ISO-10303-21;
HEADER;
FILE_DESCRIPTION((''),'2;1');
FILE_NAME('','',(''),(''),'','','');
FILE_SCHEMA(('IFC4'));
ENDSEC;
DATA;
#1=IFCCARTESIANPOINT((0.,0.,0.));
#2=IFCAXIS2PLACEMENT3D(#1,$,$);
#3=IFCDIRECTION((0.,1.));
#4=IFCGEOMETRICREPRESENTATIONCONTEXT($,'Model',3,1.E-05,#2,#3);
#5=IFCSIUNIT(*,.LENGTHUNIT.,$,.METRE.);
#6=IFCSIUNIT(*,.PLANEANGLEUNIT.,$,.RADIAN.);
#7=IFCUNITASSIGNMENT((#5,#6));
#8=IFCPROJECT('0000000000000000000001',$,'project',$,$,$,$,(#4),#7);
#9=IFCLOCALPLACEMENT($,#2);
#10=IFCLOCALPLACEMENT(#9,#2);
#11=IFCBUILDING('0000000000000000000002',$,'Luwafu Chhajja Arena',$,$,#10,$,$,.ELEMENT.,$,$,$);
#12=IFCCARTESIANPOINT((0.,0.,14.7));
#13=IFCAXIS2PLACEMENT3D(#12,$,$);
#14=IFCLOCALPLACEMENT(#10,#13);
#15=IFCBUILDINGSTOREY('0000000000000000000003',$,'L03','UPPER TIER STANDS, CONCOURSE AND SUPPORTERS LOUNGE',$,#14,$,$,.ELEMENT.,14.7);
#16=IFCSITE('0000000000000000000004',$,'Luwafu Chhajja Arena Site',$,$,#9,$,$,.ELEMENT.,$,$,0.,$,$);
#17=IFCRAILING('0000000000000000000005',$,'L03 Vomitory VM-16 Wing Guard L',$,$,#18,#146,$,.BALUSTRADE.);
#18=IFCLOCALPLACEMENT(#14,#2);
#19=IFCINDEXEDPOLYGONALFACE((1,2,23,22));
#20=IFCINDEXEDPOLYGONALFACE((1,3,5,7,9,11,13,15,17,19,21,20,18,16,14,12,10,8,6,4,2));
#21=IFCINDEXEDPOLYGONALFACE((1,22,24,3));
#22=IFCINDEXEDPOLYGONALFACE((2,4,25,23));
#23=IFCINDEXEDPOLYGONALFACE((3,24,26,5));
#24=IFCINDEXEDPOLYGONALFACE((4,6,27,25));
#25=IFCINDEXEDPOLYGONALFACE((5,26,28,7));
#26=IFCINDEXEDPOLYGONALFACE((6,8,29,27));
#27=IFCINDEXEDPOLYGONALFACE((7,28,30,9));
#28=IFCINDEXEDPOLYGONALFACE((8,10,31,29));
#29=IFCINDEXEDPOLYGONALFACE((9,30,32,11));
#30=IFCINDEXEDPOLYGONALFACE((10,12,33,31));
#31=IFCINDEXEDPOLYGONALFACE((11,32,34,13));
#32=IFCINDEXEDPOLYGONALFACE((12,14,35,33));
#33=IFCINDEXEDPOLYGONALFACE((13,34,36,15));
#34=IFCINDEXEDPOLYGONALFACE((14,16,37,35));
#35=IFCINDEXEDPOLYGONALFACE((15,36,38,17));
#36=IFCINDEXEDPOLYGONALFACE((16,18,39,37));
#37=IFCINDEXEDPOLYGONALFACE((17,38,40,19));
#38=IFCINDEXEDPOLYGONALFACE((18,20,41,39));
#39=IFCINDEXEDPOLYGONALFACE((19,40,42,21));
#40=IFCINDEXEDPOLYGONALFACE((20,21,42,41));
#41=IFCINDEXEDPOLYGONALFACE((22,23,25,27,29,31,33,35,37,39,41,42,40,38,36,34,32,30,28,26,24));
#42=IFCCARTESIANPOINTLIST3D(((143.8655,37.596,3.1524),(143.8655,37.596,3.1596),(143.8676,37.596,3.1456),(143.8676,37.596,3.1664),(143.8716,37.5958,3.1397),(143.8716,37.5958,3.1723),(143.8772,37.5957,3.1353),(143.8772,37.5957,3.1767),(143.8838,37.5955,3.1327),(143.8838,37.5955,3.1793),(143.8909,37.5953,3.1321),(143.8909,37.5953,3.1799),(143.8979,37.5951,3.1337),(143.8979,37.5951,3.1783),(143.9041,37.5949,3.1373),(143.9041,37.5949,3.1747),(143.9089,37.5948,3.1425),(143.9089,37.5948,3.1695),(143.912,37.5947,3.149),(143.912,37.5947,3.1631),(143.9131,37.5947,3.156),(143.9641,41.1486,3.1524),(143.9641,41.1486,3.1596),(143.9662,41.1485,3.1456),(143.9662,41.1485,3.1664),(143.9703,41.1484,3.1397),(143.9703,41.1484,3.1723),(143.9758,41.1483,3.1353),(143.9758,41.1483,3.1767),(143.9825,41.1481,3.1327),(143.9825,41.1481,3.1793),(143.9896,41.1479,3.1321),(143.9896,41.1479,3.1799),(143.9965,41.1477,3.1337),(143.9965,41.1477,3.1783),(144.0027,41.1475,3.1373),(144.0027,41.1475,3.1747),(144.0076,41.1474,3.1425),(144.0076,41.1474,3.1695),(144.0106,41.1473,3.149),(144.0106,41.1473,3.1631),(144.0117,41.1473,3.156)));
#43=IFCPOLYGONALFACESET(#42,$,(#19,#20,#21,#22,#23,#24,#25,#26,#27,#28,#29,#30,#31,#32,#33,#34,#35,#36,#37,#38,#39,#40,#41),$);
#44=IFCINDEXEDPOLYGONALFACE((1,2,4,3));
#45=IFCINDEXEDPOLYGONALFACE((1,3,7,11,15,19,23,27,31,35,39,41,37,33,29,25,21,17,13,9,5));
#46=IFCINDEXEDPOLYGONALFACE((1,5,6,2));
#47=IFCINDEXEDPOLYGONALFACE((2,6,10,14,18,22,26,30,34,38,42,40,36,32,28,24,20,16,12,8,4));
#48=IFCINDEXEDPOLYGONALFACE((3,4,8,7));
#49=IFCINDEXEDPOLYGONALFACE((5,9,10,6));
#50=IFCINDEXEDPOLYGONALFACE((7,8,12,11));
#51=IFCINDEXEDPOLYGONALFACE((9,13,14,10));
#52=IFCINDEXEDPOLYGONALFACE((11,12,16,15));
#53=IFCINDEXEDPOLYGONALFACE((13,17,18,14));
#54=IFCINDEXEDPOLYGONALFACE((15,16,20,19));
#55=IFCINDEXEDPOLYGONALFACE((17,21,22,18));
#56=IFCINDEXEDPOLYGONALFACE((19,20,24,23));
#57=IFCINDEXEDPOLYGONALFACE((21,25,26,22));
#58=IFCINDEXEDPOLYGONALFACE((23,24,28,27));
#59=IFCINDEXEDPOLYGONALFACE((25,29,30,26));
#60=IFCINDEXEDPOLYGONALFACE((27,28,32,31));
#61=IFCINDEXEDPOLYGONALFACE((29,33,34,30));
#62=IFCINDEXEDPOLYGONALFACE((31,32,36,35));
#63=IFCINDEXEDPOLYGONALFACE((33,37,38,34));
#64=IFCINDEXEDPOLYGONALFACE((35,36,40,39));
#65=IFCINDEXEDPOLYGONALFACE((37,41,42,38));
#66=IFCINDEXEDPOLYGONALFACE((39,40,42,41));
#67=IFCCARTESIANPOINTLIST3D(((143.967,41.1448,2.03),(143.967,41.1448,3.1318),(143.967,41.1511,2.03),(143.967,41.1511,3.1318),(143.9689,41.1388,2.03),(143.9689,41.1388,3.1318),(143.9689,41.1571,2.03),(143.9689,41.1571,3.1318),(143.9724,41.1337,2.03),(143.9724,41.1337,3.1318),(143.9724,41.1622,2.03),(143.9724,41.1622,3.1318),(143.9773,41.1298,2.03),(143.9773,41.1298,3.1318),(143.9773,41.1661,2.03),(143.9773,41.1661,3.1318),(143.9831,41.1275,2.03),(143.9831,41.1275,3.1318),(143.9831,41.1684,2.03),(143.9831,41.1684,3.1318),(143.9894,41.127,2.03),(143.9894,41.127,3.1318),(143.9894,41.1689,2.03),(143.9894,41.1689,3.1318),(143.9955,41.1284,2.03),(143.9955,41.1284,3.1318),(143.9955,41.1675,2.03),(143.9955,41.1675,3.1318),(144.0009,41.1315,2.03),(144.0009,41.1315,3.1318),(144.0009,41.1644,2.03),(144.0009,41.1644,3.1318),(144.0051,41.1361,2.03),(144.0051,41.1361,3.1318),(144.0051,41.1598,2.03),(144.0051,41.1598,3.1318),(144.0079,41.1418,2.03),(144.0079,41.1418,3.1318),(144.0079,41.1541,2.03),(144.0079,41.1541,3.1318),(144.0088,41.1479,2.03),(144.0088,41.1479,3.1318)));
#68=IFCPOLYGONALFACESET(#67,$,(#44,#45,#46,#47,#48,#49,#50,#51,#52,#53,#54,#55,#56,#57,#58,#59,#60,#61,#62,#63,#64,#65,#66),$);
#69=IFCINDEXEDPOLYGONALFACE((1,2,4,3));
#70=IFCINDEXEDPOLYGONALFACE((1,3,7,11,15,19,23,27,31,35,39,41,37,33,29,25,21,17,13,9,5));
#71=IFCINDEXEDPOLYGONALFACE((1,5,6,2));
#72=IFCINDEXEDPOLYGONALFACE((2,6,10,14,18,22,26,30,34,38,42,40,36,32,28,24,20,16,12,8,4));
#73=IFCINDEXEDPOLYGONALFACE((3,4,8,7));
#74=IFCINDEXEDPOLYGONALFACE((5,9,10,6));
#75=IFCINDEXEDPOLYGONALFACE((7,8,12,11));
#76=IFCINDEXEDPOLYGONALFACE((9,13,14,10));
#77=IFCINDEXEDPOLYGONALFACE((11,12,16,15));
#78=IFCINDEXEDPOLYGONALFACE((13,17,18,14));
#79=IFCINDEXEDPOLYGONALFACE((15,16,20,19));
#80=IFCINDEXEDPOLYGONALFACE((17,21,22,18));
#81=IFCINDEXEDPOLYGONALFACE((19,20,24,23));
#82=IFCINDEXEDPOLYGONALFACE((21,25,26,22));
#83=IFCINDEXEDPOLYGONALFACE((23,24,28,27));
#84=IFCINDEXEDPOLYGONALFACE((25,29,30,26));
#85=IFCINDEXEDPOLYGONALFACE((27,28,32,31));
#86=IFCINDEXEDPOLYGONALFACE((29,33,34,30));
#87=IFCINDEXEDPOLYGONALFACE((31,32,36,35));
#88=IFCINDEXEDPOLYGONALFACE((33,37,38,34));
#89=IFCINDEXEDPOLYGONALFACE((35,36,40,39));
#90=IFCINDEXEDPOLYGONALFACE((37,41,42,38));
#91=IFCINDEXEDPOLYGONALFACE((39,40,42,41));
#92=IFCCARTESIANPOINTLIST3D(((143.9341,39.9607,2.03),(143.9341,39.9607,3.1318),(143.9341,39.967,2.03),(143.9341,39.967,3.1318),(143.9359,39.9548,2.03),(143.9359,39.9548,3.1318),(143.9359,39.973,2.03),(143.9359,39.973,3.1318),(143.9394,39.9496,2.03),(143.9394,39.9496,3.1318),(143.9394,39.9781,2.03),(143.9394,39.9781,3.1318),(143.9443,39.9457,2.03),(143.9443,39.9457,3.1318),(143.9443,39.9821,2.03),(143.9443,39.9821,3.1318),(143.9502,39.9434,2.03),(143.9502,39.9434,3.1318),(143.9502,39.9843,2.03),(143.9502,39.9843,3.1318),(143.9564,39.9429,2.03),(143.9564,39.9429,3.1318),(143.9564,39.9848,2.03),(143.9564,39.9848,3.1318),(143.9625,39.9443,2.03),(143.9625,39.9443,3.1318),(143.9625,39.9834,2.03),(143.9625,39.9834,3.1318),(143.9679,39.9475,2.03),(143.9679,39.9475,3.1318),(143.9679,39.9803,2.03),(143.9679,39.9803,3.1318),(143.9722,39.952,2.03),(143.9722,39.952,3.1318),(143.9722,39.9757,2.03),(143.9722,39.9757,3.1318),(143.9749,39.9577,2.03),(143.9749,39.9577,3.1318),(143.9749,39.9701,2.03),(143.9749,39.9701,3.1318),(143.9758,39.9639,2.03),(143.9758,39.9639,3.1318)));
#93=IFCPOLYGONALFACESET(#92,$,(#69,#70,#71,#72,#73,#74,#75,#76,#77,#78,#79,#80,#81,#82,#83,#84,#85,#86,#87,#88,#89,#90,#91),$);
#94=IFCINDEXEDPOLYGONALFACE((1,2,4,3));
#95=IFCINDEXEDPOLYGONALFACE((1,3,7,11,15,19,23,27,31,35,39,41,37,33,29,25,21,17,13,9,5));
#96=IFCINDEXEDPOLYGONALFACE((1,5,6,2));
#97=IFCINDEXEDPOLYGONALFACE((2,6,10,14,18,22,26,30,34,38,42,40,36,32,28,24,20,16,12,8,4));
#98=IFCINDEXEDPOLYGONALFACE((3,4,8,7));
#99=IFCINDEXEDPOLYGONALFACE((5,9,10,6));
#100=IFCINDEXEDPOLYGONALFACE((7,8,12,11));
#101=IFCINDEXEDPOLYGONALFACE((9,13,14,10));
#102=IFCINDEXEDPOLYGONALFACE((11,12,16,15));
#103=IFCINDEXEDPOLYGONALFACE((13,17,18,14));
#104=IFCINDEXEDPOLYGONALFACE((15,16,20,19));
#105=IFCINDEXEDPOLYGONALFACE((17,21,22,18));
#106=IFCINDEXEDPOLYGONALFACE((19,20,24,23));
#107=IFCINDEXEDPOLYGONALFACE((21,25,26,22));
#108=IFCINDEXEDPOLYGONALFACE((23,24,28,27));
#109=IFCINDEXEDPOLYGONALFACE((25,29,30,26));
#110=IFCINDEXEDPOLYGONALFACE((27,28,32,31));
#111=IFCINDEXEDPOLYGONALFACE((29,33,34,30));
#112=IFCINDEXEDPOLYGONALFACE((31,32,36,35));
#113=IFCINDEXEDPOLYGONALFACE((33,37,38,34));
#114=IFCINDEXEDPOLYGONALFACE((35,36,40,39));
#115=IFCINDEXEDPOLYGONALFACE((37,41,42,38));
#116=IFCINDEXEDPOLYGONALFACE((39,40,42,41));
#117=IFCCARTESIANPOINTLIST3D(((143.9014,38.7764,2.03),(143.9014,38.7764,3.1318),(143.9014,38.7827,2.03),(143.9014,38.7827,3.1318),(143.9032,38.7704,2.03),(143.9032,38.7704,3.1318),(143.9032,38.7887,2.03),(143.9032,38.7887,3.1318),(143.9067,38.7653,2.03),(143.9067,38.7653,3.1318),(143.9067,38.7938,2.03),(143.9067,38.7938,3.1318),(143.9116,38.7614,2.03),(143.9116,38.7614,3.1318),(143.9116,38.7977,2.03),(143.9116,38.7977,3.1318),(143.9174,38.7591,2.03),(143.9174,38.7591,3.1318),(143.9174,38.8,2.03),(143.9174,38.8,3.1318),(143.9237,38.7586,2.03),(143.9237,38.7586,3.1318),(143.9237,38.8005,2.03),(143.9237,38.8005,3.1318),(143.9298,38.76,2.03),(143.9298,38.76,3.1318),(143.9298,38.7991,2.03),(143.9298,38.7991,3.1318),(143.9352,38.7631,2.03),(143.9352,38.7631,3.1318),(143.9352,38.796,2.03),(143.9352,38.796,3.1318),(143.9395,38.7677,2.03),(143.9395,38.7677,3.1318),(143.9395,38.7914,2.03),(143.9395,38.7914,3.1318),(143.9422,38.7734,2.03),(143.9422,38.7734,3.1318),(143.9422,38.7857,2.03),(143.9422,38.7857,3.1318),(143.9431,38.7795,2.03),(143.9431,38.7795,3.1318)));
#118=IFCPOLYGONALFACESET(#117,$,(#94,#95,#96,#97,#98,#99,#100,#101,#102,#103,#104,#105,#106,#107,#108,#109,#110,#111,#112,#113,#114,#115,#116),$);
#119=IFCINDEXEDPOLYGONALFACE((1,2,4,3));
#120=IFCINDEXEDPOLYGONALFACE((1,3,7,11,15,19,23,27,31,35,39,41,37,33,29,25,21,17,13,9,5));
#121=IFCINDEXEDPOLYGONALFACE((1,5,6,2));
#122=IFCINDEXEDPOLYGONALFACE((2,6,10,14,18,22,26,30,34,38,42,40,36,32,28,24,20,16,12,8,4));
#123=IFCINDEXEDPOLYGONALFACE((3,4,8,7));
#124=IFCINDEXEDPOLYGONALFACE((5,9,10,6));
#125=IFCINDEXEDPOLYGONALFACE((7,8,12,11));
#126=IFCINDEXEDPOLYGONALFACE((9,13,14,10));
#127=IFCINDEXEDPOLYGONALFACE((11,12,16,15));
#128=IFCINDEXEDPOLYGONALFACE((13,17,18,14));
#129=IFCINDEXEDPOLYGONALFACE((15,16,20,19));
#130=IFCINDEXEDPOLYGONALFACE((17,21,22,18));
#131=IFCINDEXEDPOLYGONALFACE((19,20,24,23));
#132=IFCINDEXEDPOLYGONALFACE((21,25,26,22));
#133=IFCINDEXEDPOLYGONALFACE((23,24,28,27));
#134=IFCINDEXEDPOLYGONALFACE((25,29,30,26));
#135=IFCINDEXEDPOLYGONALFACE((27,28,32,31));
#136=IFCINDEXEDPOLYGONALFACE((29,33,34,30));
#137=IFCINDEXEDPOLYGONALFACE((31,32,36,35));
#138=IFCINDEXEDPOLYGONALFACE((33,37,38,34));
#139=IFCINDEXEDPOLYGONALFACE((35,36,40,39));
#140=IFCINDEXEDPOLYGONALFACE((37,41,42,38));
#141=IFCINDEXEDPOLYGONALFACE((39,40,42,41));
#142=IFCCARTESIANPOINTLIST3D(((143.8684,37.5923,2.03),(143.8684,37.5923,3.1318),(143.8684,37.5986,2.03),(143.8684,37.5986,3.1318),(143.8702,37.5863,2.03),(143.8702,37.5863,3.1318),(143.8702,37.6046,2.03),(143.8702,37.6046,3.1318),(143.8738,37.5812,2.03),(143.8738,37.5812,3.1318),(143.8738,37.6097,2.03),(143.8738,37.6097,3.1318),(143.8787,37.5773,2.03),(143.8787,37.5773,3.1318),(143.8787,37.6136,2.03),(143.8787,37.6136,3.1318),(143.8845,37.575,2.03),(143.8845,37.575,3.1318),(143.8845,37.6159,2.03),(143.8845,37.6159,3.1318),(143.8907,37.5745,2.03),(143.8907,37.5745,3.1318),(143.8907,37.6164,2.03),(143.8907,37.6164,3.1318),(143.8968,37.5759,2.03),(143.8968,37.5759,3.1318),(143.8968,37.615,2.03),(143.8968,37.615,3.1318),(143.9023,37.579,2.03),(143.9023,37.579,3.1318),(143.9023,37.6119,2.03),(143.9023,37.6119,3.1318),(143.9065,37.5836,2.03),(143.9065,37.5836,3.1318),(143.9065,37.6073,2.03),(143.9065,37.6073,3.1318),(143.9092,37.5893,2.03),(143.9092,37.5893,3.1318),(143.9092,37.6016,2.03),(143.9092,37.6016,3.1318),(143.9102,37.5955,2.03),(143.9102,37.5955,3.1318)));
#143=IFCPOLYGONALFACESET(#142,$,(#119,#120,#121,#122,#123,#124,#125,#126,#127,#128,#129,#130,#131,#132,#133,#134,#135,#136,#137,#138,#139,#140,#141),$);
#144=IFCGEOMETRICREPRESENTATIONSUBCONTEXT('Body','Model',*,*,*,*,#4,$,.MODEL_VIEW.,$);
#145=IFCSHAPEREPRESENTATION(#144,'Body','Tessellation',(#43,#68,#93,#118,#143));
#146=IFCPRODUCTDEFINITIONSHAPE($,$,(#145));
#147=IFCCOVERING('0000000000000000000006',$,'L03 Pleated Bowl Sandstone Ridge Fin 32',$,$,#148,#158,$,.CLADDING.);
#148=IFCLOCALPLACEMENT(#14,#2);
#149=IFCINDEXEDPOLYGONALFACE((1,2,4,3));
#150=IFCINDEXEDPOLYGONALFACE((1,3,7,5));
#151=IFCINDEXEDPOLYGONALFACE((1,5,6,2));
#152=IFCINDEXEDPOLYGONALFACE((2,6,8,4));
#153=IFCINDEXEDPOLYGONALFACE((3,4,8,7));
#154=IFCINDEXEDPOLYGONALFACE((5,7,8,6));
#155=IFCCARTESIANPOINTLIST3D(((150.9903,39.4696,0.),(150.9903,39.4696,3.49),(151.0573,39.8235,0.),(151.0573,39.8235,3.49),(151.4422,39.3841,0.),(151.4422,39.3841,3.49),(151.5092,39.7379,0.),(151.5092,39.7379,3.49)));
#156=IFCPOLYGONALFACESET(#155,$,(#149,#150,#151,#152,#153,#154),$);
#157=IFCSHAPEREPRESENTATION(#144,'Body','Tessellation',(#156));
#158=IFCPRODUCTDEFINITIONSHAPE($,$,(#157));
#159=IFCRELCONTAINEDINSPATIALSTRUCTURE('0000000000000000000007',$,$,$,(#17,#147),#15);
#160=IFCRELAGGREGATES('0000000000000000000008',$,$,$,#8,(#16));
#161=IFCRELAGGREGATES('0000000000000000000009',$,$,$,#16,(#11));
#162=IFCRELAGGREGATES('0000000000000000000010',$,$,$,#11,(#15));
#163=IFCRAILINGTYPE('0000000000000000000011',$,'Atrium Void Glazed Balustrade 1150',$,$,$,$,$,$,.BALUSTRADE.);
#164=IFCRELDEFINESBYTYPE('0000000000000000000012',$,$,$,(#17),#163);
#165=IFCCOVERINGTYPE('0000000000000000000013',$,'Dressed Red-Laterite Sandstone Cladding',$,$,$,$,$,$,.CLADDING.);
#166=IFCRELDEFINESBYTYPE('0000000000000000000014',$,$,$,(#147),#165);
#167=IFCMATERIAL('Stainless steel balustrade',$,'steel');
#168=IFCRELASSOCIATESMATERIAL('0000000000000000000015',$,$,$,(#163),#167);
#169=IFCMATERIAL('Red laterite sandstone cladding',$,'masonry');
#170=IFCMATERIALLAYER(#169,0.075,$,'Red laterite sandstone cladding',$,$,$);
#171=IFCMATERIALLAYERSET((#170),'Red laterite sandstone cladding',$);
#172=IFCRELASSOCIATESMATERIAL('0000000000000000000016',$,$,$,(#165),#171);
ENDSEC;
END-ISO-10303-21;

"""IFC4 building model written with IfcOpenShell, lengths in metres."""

from ifc_helpers import new_model, si_unit, direction, frame, origin, origin_2d, place, context, subcontext, project, spatial, rectangle, circle, extrude, material, layer, layer_set, type_object, element, save


model = new_model("IFC4")

# Units and contexts
model_context = context("Model", 3, precision=1e-05, world=origin(), true_north=direction((0.0, 1.0)))
body_context = subcontext(model_context, "Body", "Model", "MODEL_VIEW")
ifc_project = project(units=[si_unit("LENGTHUNIT", "METRE"), si_unit("PLANEANGLEUNIT", "RADIAN")], contexts=[model_context])

# Site, building, storey
site_placement = place(None, origin())
site = spatial("IfcSite", under=ifc_project, at=site_placement, Name="Luwafu Chhajja Arena Site", CompositionType="ELEMENT", RefElevation=0.0)
building_placement = place(site_placement, origin())
building = spatial("IfcBuilding", under=site, at=building_placement, Name="Luwafu Chhajja Arena", CompositionType="ELEMENT")
storey_placement = place(building_placement, frame((0.0, 0.0, 14.7)))
storey = spatial("IfcBuildingStorey", under=building, at=storey_placement, Name="L03", Description="UPPER TIER STANDS, CONCOURSE AND SUPPORTERS LOUNGE", CompositionType="ELEMENT", Elevation=14.7)

# Railing
ifc_material_1 = material(Name="Stainless steel balustrade", Category="steel")
railing_type_1 = type_object("IfcRailingType", Name="Atrium Void Glazed Balustrade 1150", PredefinedType="BALUSTRADE", material=ifc_material_1)
railing_1_placement = place(storey_placement, frame((143.9878, 41.1479, 2.03)))
element("IfcRailing", 1, at=railing_1_placement, inside=storey, type_object=railing_type_1, Name="L03 Vomitory VM-16 Wing Guard L", PredefinedType="BALUSTRADE", context=body_context, shape_type="SweptSolid", body=[
    extrude(circle(Radius=0.0239, at=origin_2d()), frame((0.0, 0.0, 1.126), z_axis=(-0.027754, -0.999615, 0.0), x_axis=(0.999615, -0.027754, 0.0)), (0.0, 0.0, 1.0), 3.554),
    extrude(circle(Radius=0.021, at=origin_2d()), origin(), (0.0, 0.0, 1.0), 1.1018),
    extrude(circle(Radius=0.021, at=origin_2d()), frame((-0.033, -1.1841, 0.0)), (0.0, 0.0, 1.0), 1.1018),
    extrude(circle(Radius=0.021, at=origin_2d()), frame((-0.0657, -2.3684, 0.0)), (0.0, 0.0, 1.0), 1.1018),
    extrude(circle(Radius=0.021, at=origin_2d()), frame((-0.0986, -3.5525, 0.0)), (0.0, 0.0, 1.0), 1.1018),
])

# Covering
ifc_material_2 = material(Name="Red laterite sandstone cladding", Category="masonry")
ifc_layer_1 = layer(ifc_material_2, 0.075, Name="Red laterite sandstone cladding")
ifc_layer_set_1 = layer_set([ifc_layer_1], Name="Red laterite sandstone cladding")
covering_type = type_object("IfcCoveringType", Name="Dressed Red-Laterite Sandstone Cladding", PredefinedType="CLADDING", material=ifc_layer_set_1)
covering_placement = place(storey_placement, frame((151.2498, 39.6038, 0.0), z_axis=(0.0, 0.0, 1.0), x_axis=(0.982532, -0.186093, 0.0)))
element("IfcCovering", 2, at=covering_placement, inside=storey, type_object=covering_type, Name="L03 Pleated Bowl Sandstone Ridge Fin 32", PredefinedType="CLADDING", context=body_context, shape_type="SweptSolid", body=[
    extrude(rectangle(XDim=0.46, YDim=0.3601, at=origin_2d()), origin(), (0.0, 0.0, 1.0), 3.49),
])

save(model, "model.ifc")
